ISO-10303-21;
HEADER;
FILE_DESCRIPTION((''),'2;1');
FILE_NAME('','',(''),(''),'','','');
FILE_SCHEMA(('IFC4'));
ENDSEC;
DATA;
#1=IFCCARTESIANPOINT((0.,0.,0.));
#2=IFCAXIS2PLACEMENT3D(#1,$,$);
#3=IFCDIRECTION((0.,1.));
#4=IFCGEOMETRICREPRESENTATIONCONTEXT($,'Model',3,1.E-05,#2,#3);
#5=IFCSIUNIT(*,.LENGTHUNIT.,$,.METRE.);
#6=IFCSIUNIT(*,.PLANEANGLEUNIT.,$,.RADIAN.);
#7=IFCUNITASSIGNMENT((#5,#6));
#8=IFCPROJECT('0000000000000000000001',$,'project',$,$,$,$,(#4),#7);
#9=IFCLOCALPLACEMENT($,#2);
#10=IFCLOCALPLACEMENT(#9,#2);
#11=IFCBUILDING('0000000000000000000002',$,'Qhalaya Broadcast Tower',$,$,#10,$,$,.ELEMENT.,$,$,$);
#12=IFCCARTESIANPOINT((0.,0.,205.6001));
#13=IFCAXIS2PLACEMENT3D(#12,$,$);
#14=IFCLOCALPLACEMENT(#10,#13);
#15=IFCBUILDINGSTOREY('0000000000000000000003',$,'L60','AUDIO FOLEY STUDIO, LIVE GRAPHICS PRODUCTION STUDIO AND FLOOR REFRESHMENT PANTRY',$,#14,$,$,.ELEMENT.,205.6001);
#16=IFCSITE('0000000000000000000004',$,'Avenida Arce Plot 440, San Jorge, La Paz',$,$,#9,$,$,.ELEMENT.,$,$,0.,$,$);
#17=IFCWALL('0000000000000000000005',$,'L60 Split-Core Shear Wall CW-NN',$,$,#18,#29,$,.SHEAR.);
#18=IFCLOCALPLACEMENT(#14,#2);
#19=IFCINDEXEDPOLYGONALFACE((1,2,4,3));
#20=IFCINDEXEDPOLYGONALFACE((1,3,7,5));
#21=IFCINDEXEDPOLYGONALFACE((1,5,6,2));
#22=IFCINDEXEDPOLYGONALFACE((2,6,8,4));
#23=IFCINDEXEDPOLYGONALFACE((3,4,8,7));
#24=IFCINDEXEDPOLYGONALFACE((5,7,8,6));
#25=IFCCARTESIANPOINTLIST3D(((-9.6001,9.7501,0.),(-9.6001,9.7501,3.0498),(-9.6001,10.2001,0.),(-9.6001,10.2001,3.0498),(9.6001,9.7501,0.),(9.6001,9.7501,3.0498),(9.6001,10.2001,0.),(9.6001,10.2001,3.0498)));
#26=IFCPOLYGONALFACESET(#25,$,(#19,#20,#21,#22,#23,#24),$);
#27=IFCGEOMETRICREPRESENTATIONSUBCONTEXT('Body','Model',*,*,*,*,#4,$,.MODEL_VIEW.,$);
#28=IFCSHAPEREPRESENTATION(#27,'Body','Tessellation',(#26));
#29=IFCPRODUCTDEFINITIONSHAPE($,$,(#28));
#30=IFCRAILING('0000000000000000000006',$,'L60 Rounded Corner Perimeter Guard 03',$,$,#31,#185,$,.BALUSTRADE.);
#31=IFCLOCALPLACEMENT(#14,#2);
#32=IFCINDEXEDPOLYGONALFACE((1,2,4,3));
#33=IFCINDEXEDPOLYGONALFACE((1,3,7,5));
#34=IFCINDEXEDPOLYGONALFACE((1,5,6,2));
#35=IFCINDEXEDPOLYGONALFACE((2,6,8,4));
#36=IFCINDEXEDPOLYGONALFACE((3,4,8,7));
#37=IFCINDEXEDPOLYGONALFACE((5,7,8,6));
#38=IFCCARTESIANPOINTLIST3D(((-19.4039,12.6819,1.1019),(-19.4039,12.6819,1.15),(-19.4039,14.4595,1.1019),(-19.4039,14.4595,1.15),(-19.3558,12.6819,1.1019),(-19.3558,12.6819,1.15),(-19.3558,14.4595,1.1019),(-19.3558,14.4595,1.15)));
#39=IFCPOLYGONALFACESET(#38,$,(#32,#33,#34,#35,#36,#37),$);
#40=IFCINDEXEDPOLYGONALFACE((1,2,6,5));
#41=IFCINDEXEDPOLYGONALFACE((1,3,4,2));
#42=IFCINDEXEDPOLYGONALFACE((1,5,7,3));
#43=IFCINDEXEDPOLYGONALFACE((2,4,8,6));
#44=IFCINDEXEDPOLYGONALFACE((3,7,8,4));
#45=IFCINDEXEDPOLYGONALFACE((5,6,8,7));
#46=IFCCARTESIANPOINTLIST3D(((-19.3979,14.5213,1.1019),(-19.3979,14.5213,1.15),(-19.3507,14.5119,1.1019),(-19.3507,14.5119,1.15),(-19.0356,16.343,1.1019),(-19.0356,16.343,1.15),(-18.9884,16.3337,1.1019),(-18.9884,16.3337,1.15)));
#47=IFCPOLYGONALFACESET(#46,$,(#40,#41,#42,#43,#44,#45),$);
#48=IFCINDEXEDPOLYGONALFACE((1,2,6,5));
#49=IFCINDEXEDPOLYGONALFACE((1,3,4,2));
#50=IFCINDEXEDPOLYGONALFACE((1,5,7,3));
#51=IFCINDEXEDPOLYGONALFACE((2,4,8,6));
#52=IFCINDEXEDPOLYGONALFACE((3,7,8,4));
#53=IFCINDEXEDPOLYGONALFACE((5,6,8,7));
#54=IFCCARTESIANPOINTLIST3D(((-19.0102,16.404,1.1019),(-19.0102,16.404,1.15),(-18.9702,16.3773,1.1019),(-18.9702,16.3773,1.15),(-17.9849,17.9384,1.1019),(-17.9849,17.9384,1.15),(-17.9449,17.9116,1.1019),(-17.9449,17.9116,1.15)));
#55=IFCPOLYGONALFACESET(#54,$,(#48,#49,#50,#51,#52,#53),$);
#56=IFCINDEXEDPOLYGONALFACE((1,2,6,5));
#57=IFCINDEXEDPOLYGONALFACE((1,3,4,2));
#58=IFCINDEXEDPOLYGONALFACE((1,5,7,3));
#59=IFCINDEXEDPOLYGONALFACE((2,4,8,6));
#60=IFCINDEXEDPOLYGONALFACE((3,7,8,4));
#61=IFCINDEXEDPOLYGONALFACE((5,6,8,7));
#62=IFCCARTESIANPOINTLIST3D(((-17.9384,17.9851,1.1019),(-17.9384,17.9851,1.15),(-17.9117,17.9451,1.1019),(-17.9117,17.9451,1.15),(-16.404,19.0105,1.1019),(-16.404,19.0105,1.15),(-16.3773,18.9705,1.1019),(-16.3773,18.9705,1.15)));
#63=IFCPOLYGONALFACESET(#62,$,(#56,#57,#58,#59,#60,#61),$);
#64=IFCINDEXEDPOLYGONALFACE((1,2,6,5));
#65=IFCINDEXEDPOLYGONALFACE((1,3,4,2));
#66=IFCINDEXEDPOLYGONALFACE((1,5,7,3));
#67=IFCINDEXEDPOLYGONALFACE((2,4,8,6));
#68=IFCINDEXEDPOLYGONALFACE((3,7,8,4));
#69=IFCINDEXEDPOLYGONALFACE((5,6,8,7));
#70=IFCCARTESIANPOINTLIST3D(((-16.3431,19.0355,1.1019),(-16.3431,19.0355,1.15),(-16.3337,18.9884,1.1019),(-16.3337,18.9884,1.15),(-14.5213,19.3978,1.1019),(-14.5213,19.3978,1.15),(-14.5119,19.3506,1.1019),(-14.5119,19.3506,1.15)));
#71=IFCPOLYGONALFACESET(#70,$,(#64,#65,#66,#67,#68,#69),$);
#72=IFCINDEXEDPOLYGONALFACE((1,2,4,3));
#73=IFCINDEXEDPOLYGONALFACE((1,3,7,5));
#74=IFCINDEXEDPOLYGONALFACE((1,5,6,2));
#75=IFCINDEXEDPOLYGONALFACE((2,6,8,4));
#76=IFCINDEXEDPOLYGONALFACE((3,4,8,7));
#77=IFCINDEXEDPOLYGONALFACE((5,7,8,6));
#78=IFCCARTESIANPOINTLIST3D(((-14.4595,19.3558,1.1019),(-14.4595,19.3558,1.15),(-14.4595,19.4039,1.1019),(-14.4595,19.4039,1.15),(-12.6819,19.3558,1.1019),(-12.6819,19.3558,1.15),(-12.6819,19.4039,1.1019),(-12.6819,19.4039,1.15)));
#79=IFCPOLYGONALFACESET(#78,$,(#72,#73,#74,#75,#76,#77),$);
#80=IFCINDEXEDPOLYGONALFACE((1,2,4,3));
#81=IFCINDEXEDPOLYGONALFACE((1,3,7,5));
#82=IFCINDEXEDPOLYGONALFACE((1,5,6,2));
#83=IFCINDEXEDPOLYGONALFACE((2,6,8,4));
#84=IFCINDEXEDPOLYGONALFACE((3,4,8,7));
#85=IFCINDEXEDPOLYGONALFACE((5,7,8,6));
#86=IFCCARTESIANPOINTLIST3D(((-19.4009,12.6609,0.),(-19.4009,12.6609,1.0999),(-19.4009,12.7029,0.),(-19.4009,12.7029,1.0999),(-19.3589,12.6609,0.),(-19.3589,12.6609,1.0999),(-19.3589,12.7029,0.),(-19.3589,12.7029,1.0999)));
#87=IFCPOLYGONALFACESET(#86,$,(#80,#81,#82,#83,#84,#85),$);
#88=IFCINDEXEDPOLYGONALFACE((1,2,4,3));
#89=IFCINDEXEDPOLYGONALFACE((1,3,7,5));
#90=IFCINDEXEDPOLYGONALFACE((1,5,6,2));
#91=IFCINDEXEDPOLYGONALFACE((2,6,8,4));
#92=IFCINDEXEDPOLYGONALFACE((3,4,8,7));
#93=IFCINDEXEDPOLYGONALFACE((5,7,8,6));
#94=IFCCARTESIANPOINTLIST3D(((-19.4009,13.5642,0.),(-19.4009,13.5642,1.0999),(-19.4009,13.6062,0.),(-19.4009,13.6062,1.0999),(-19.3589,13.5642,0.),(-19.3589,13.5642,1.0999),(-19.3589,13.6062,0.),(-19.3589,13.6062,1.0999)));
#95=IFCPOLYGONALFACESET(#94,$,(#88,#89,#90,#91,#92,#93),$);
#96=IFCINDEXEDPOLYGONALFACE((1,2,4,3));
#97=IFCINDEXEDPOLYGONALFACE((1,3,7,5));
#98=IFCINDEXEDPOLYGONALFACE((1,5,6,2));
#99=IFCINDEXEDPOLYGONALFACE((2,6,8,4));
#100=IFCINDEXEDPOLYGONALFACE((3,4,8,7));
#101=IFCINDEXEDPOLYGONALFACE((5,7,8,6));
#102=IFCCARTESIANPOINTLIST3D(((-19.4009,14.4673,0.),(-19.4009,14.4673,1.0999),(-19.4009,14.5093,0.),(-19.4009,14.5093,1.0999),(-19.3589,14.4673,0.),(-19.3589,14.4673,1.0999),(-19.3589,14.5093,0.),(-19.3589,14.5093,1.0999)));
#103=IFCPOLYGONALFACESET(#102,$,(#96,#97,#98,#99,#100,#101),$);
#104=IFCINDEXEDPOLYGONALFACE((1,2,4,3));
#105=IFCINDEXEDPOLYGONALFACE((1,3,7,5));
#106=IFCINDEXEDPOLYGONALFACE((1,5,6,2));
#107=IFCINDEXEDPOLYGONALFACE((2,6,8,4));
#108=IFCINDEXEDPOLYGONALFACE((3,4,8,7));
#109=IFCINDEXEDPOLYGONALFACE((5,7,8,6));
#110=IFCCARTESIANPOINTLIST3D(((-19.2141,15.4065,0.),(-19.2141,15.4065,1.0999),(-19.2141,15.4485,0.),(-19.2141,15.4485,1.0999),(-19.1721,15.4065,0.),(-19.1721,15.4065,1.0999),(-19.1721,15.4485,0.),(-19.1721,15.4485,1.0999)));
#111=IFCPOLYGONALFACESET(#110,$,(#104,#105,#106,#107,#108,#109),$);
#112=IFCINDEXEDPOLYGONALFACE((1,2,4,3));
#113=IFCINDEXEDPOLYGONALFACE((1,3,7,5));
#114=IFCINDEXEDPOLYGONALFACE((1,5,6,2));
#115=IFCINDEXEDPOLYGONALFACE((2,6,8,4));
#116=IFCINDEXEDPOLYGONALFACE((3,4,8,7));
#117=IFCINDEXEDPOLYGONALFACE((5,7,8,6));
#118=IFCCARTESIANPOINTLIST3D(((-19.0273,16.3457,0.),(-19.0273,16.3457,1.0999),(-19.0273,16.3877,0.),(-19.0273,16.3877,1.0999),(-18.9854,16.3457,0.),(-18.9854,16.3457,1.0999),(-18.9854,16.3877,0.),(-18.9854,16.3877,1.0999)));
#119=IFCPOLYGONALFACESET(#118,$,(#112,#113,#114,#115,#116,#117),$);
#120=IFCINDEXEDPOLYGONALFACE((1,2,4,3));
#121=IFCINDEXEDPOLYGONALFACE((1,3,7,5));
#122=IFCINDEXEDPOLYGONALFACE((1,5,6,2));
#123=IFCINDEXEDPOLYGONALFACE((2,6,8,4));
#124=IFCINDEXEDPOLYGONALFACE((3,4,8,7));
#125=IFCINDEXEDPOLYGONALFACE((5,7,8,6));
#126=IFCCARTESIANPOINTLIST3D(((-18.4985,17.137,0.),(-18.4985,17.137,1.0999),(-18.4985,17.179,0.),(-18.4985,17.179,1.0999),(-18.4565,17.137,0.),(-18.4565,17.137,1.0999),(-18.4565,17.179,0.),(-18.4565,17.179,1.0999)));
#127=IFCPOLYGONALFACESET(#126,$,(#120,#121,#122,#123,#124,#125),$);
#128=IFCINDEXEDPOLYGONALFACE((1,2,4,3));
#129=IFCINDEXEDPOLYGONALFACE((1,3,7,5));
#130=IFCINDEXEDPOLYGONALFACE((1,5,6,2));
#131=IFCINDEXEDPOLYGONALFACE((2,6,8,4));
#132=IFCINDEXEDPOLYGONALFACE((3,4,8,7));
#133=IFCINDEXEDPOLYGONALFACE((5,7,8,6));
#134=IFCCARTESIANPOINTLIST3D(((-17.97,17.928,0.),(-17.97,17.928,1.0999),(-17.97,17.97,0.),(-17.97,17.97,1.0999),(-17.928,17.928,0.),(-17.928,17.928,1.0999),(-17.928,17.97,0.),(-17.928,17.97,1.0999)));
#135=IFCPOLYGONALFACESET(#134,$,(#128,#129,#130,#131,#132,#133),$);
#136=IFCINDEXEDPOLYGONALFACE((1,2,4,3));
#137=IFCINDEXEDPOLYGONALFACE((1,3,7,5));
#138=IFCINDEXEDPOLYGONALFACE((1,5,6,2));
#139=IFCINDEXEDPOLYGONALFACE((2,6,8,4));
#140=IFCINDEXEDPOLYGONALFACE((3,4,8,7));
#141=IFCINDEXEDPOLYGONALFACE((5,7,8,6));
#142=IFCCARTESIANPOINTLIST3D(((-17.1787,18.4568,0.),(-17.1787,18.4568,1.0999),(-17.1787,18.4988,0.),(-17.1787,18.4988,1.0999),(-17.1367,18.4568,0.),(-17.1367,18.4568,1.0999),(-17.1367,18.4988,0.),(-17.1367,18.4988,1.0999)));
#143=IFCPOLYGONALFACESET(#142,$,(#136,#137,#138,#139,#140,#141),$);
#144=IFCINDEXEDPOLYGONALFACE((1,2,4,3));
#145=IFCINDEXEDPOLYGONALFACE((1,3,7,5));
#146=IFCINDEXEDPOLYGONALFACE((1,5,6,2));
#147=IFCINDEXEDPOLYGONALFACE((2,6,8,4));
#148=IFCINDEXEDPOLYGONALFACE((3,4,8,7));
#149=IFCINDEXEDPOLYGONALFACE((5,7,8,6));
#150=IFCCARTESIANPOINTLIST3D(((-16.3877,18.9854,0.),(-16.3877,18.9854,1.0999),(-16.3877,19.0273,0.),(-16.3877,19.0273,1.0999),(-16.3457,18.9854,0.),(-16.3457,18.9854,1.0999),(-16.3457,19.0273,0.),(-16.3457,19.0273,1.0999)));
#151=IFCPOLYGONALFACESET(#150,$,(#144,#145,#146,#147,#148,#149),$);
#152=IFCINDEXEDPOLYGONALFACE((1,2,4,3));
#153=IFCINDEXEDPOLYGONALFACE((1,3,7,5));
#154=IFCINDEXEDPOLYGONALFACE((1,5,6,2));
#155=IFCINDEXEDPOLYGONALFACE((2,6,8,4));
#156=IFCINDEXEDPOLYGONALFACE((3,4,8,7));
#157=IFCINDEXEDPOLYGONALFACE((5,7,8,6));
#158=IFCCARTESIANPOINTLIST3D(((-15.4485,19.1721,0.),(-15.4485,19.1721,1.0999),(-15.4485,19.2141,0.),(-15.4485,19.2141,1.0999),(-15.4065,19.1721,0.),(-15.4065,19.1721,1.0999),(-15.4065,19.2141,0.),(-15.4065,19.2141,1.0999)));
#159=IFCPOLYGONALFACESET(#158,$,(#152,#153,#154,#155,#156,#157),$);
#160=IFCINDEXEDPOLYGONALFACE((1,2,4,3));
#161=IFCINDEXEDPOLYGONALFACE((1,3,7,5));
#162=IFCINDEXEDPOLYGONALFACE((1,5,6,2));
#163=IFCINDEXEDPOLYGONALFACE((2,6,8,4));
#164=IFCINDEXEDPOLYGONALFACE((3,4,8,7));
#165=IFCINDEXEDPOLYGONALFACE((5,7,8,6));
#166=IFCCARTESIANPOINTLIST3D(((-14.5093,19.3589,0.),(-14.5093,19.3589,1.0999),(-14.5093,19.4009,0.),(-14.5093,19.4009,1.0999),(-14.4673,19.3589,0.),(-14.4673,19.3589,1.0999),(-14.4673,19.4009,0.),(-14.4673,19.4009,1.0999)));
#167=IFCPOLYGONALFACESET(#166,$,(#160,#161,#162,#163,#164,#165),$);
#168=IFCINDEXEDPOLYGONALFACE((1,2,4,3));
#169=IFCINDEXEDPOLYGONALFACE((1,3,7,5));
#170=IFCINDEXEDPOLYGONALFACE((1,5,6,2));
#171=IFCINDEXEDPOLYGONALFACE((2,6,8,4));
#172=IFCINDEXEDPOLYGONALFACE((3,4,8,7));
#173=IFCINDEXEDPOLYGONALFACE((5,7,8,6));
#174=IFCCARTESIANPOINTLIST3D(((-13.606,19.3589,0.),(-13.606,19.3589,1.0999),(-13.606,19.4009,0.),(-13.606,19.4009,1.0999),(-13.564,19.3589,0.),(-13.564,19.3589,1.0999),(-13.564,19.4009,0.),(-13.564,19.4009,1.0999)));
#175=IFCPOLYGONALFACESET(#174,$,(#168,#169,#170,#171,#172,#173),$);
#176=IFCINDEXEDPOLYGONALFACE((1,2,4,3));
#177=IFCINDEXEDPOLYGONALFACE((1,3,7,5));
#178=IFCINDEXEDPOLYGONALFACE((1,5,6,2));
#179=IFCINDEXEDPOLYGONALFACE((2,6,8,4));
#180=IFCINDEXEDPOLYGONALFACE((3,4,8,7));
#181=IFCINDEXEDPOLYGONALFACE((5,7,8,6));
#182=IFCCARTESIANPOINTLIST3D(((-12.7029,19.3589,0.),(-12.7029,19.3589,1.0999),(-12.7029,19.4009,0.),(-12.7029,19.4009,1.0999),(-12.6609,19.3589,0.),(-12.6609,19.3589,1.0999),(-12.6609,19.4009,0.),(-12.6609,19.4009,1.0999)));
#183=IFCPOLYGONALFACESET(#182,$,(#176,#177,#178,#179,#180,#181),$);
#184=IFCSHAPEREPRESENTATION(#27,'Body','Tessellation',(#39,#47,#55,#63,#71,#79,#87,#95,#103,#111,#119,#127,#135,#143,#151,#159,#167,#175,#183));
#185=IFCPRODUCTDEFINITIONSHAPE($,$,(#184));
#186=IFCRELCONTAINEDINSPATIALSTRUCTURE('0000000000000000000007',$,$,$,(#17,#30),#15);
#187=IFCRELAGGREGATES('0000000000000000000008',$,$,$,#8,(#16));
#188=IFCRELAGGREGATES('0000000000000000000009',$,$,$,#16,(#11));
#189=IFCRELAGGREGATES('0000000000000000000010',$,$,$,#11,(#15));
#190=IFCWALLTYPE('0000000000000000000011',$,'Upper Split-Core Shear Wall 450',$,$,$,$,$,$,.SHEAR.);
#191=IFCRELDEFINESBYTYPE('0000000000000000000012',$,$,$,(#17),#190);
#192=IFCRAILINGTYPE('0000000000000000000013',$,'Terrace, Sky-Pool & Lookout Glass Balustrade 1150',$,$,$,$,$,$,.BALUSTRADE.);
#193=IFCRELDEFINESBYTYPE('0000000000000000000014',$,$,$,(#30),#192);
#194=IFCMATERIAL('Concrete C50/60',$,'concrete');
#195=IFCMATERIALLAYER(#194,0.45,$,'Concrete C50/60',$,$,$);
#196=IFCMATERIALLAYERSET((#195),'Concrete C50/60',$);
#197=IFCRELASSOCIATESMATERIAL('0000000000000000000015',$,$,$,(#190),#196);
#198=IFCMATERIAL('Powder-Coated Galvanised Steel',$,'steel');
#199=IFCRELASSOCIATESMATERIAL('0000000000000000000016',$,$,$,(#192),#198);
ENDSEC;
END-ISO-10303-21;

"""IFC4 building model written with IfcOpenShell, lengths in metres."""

from ifc_helpers import new_model, si_unit, direction, frame, frame_2d, origin, origin_2d, place, context, subcontext, project, spatial, rectangle, extrude, material, layer, layer_set, type_object, element, save


model = new_model("IFC4")

# Units and contexts
model_context = context("Model", 3, precision=1e-05, world=origin(), true_north=direction((0.0, 1.0)))
body_context = subcontext(model_context, "Body", "Model", "MODEL_VIEW")
ifc_project = project(units=[si_unit("LENGTHUNIT", "METRE"), si_unit("PLANEANGLEUNIT", "RADIAN")], contexts=[model_context])

# Site, building, storey
site_placement = place(None, origin())
site = spatial("IfcSite", under=ifc_project, at=site_placement, Name="Avenida Arce Plot 440, San Jorge, La Paz", CompositionType="ELEMENT", RefElevation=0.0)
building_placement = place(site_placement, origin())
building = spatial("IfcBuilding", under=site, at=building_placement, Name="Qhalaya Broadcast Tower", CompositionType="ELEMENT")
storey_placement = place(building_placement, frame((0.0, 0.0, 205.6001)))
storey = spatial("IfcBuildingStorey", under=building, at=storey_placement, Name="L60", Description="AUDIO FOLEY STUDIO, LIVE GRAPHICS PRODUCTION STUDIO AND FLOOR REFRESHMENT PANTRY", CompositionType="ELEMENT", Elevation=205.6001)

# Wall
ifc_material_1 = material(Name="Concrete C50/60", Category="concrete")
ifc_layer_1 = layer(ifc_material_1, 0.45, Name="Concrete C50/60")
ifc_layer_set_1 = layer_set([ifc_layer_1], Name="Concrete C50/60")
wall_type_1 = type_object("IfcWallType", Name="Upper Split-Core Shear Wall 450", PredefinedType="SHEAR", material=ifc_layer_set_1)
wall_1_placement = place(storey_placement, frame((-9.6001, 9.9751, 0.0), z_axis=(0.0, 0.0, 1.0), x_axis=(1.0, 0.0, 0.0)))
element("IfcWall", 1, at=wall_1_placement, inside=storey, type_object=wall_type_1, Name="L60 Split-Core Shear Wall CW-NN", PredefinedType="SHEAR", context=body_context, shape_type="SweptSolid", body=[
    extrude(rectangle(XDim=19.2002, YDim=0.45, at=frame_2d((9.6001, 0.0))), origin(), (0.0, 0.0, 1.0), 3.0498),
])

# Railing
ifc_material_2 = material(Name="Powder-Coated Galvanised Steel", Category="steel")
railing_type = type_object("IfcRailingType", Name="Terrace, Sky-Pool & Lookout Glass Balustrade 1150", PredefinedType="BALUSTRADE", material=ifc_material_2)
railing_placement = place(storey_placement, frame((-19.3799, 12.6819, 0.0)))
element("IfcRailing", 2, at=railing_placement, inside=storey, type_object=railing_type, Name="L60 Rounded Corner Perimeter Guard 03", PredefinedType="BALUSTRADE", context=body_context, shape_type="SweptSolid", body=[
    extrude(rectangle(XDim=0.0481, YDim=0.0481, at=origin_2d()), frame((0.0, 0.0, 1.126), z_axis=(0.0, 1.0, 0.0), x_axis=(-1.0, 0.0, 0.0)), (0.0, 0.0, 1.0), 1.7776),
    extrude(rectangle(XDim=0.0481, YDim=0.0481, at=origin_2d()), frame((0.0056, 1.8347, 1.126), z_axis=(0.195037, 0.980796, 0.0), x_axis=(-0.980796, 0.195037, 0.0)), (0.0, 0.0, 1.0), 1.8574),
    extrude(rectangle(XDim=0.0481, YDim=0.0481, at=origin_2d()), frame((0.3896, 3.7087, 1.126), z_axis=(0.555618, 0.831438, 0.0), x_axis=(-0.831438, 0.555618, 0.0)), (0.0, 0.0, 1.0), 1.8455),
    extrude(rectangle(XDim=0.0481, YDim=0.0481, at=origin_2d()), frame((1.4548, 5.2832, 1.126), z_axis=(0.831438, 0.555618, 0.0), x_axis=(-0.555618, 0.831438, 0.0)), (0.0, 0.0, 1.0), 1.8455),
    extrude(rectangle(XDim=0.0481, YDim=0.0481, at=origin_2d()), frame((3.0415, 6.3301, 1.126), z_axis=(0.980796, 0.195037, 0.0), x_axis=(-0.195037, 0.980796, 0.0)), (0.0, 0.0, 1.0), 1.8574),
    extrude(rectangle(XDim=0.0481, YDim=0.0481, at=origin_2d()), frame((4.9204, 6.698, 1.126), z_axis=(1.0, 0.0, 0.0), x_axis=(0.0, 1.0, 0.0)), (0.0, 0.0, 1.0), 1.7776),
    extrude(rectangle(XDim=0.042, YDim=0.042, at=origin_2d()), origin(), (0.0, 0.0, 1.0), 1.0999),
    extrude(rectangle(XDim=0.042, YDim=0.042, at=origin_2d()), frame((0.0, 0.9033, 0.0)), (0.0, 0.0, 1.0), 1.0999),
    extrude(rectangle(XDim=0.042, YDim=0.042, at=origin_2d()), frame((0.0, 1.8064, 0.0)), (0.0, 0.0, 1.0), 1.0999),
    extrude(rectangle(XDim=0.042, YDim=0.042, at=origin_2d()), frame((0.1868, 2.7456, 0.0)), (0.0, 0.0, 1.0), 1.0999),
    extrude(rectangle(XDim=0.042, YDim=0.042, at=origin_2d()), frame((0.3735, 3.6848, 0.0)), (0.0, 0.0, 1.0), 1.0999),
    extrude(rectangle(XDim=0.042, YDim=0.042, at=origin_2d()), frame((0.9023, 4.4761, 0.0)), (0.0, 0.0, 1.0), 1.0999),
    extrude(rectangle(XDim=0.042, YDim=0.042, at=origin_2d()), frame((1.4309, 5.2671, 0.0)), (0.0, 0.0, 1.0), 1.0999),
    extrude(rectangle(XDim=0.042, YDim=0.042, at=origin_2d()), frame((2.2222, 5.7959, 0.0)), (0.0, 0.0, 1.0), 1.0999),
    extrude(rectangle(XDim=0.042, YDim=0.042, at=origin_2d()), frame((3.0132, 6.3245, 0.0)), (0.0, 0.0, 1.0), 1.0999),
    extrude(rectangle(XDim=0.042, YDim=0.042, at=origin_2d()), frame((3.9524, 6.5112, 0.0)), (0.0, 0.0, 1.0), 1.0999),
    extrude(rectangle(XDim=0.042, YDim=0.042, at=origin_2d()), frame((4.8916, 6.698, 0.0)), (0.0, 0.0, 1.0), 1.0999),
    extrude(rectangle(XDim=0.042, YDim=0.042, at=origin_2d()), frame((5.7949, 6.698, 0.0)), (0.0, 0.0, 1.0), 1.0999),
    extrude(rectangle(XDim=0.042, YDim=0.042, at=origin_2d()), frame((6.698, 6.698, 0.0)), (0.0, 0.0, 1.0), 1.0999),
])

save(model, "model.ifc")
